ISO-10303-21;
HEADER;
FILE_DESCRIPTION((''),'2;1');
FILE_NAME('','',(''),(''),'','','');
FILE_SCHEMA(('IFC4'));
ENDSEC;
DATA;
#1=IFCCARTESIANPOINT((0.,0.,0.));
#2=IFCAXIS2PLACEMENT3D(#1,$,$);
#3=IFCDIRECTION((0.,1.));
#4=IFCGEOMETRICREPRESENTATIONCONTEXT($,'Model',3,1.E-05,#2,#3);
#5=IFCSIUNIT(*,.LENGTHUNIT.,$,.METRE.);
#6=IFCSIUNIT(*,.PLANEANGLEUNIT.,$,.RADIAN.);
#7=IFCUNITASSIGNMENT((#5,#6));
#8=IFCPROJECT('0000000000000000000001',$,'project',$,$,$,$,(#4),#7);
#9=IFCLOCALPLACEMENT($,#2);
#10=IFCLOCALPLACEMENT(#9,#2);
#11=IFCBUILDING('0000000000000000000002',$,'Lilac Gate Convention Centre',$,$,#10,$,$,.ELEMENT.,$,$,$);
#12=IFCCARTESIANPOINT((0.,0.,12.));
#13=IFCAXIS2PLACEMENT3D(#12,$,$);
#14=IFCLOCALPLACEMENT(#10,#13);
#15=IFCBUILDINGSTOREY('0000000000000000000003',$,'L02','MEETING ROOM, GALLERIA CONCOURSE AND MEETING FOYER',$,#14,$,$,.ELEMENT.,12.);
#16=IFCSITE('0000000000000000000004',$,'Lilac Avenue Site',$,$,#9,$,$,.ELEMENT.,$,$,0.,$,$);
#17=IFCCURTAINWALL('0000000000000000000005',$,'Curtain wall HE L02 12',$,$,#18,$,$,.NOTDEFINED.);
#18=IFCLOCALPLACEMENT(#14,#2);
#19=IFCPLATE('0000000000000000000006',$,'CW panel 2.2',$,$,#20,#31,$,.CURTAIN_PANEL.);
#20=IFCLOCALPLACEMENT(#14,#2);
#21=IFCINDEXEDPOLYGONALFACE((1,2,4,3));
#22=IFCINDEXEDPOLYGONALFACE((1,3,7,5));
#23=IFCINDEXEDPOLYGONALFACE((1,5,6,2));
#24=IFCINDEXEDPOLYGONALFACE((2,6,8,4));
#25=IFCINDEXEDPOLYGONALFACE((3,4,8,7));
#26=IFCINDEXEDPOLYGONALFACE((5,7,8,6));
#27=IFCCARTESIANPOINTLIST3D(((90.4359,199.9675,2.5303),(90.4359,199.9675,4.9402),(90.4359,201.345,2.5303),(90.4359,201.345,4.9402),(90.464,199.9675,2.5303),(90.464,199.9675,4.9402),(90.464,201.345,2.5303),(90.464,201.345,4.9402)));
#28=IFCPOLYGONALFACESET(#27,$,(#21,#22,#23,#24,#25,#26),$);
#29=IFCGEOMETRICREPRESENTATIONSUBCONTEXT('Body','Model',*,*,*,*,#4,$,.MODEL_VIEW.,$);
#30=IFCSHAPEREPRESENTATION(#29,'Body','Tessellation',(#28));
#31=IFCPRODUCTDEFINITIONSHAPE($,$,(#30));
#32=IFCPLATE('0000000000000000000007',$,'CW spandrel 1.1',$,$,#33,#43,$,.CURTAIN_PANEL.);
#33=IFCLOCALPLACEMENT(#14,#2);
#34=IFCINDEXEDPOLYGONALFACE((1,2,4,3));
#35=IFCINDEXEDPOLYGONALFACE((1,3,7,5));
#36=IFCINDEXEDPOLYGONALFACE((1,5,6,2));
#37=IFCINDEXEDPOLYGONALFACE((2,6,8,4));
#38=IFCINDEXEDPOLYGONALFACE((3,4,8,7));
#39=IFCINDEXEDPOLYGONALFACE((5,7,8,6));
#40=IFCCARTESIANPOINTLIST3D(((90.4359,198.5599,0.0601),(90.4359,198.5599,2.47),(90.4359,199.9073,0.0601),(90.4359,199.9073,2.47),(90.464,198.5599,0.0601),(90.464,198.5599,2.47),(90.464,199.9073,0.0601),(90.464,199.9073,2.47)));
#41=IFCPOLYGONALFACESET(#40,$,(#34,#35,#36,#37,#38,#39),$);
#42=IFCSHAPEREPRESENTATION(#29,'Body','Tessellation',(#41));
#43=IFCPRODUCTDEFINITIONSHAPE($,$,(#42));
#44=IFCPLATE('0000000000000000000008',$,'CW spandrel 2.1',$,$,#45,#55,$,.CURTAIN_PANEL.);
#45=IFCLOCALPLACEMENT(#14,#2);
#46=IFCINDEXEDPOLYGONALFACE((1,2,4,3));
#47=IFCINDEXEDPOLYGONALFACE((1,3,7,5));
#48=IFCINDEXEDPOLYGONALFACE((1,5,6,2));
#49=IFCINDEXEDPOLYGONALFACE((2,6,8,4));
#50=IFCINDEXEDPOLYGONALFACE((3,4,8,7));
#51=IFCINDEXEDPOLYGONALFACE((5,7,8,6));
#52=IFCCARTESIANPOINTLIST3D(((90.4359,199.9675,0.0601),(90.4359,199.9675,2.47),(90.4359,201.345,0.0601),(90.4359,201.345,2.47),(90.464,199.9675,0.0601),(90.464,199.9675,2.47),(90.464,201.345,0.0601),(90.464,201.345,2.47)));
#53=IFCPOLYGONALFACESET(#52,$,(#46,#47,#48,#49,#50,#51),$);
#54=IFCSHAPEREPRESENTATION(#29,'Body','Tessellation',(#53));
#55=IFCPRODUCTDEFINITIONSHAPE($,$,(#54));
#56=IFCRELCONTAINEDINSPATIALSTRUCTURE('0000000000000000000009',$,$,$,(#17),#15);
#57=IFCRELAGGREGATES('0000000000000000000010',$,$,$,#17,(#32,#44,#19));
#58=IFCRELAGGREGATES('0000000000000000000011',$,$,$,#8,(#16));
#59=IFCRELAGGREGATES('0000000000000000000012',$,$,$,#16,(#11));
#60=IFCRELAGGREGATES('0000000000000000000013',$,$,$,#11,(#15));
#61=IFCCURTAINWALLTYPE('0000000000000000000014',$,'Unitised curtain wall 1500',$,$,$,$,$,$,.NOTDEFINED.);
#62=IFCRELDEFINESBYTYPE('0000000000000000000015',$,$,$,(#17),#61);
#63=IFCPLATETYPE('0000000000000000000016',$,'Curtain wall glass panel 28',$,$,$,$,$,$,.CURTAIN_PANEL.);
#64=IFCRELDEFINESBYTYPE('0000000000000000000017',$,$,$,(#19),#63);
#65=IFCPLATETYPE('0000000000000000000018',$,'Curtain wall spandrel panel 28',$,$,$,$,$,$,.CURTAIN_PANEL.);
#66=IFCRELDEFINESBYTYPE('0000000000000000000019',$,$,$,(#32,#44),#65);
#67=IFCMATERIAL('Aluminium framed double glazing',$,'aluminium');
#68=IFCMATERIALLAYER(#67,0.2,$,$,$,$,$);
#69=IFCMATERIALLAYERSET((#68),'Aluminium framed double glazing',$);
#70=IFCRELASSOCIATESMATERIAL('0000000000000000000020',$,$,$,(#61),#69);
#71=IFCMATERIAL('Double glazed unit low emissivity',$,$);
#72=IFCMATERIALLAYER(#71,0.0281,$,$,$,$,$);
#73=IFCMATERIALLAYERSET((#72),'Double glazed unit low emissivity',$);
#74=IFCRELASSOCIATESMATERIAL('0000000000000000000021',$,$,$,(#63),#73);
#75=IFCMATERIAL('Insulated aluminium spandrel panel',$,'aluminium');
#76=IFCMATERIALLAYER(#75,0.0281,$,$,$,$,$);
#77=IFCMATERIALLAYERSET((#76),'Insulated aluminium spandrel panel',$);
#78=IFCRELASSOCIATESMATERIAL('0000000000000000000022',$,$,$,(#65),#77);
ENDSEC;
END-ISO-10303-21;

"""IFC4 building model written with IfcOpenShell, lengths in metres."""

from ifc_helpers import new_model, si_unit, direction, frame, origin, origin_2d, place, context, subcontext, project, spatial, rectangle, extrude, material, layer, layer_set, type_object, element, aggregate, save


model = new_model("IFC4")

# Units and contexts
model_context = context("Model", 3, precision=1e-05, world=origin(), true_north=direction((0.0, 1.0)))
body_context = subcontext(model_context, "Body", "Model", "MODEL_VIEW")
ifc_project = project(units=[si_unit("LENGTHUNIT", "METRE"), si_unit("PLANEANGLEUNIT", "RADIAN")], contexts=[model_context])

# Site, building, storey
site_placement = place(None, origin())
site = spatial("IfcSite", under=ifc_project, at=site_placement, Name="Lilac Avenue Site", CompositionType="ELEMENT", RefElevation=0.0)
building_placement = place(site_placement, origin())
building = spatial("IfcBuilding", under=site, at=building_placement, Name="Lilac Gate Convention Centre", CompositionType="ELEMENT")
storey_placement = place(building_placement, frame((0.0, 0.0, 12.0)))
storey = spatial("IfcBuildingStorey", under=building, at=storey_placement, Name="L02", Description="MEETING ROOM, GALLERIA CONCOURSE AND MEETING FOYER", CompositionType="ELEMENT", Elevation=12.0)

# Curtain wall
ifc_material_1 = material(Name="Aluminium framed double glazing", Category="aluminium")
ifc_layer_1 = layer(ifc_material_1, 0.2)
ifc_layer_set_1 = layer_set([ifc_layer_1], Name="Aluminium framed double glazing")
curtain_wall_type = type_object("IfcCurtainWallType", Name="Unitised curtain wall 1500", PredefinedType="NOTDEFINED", material=ifc_layer_set_1)
curtain_wall_placement = place(storey_placement, origin())
curtain_wall = element("IfcCurtainWall", 1, at=curtain_wall_placement, inside=storey, type_object=curtain_wall_type, Name="Curtain wall HE L02 12", PredefinedType="NOTDEFINED")

# Plates
ifc_material_2 = material(Name="Double glazed unit low emissivity")
ifc_layer_2 = layer(ifc_material_2, 0.0281)
ifc_layer_set_2 = layer_set([ifc_layer_2], Name="Double glazed unit low emissivity")
plate_type_1 = type_object("IfcPlateType", Name="Curtain wall glass panel 28", PredefinedType="CURTAIN_PANEL", material=ifc_layer_set_2)
plate_1_placement = place(storey_placement, frame((90.45, 200.6562, 2.5303), z_axis=(0.0, 0.0, 1.0), x_axis=(0.0, 1.0, 0.0)))
plate_1 = element("IfcPlate", 2, at=plate_1_placement, type_object=plate_type_1, Name="CW panel 2.2", PredefinedType="CURTAIN_PANEL", context=body_context, shape_type="SweptSolid", body=[
    extrude(rectangle(XDim=1.3774, YDim=0.0281, at=origin_2d()), origin(), (0.0, 0.0, 1.0), 2.4099),
])
ifc_material_3 = material(Name="Insulated aluminium spandrel panel", Category="aluminium")
ifc_layer_3 = layer(ifc_material_3, 0.0281)
ifc_layer_set_3 = layer_set([ifc_layer_3], Name="Insulated aluminium spandrel panel")
plate_type_2 = type_object("IfcPlateType", Name="Curtain wall spandrel panel 28", PredefinedType="CURTAIN_PANEL", material=ifc_layer_set_3)
plate_2_placement = place(storey_placement, frame((90.45, 199.2336, 0.0601), z_axis=(0.0, 0.0, 1.0), x_axis=(0.0, 1.0, 0.0)))
plate_2 = element("IfcPlate", 3, at=plate_2_placement, type_object=plate_type_2, Name="CW spandrel 1.1", PredefinedType="CURTAIN_PANEL", context=body_context, shape_type="SweptSolid", body=[
    extrude(rectangle(XDim=1.3474, YDim=0.0281, at=origin_2d()), origin(), (0.0, 0.0, 1.0), 2.4099),
])
plate_3_placement = place(storey_placement, frame((90.45, 200.6562, 0.0601), z_axis=(0.0, 0.0, 1.0), x_axis=(0.0, 1.0, 0.0)))
plate_3 = element("IfcPlate", 4, at=plate_3_placement, type_object=plate_type_2, Name="CW spandrel 2.1", PredefinedType="CURTAIN_PANEL", context=body_context, shape_type="SweptSolid", body=[
    extrude(rectangle(XDim=1.3774, YDim=0.0281, at=origin_2d()), origin(), (0.0, 0.0, 1.0), 2.4099),
])
aggregate(curtain_wall, [plate_2, plate_3, plate_1])

save(model, "model.ifc")
